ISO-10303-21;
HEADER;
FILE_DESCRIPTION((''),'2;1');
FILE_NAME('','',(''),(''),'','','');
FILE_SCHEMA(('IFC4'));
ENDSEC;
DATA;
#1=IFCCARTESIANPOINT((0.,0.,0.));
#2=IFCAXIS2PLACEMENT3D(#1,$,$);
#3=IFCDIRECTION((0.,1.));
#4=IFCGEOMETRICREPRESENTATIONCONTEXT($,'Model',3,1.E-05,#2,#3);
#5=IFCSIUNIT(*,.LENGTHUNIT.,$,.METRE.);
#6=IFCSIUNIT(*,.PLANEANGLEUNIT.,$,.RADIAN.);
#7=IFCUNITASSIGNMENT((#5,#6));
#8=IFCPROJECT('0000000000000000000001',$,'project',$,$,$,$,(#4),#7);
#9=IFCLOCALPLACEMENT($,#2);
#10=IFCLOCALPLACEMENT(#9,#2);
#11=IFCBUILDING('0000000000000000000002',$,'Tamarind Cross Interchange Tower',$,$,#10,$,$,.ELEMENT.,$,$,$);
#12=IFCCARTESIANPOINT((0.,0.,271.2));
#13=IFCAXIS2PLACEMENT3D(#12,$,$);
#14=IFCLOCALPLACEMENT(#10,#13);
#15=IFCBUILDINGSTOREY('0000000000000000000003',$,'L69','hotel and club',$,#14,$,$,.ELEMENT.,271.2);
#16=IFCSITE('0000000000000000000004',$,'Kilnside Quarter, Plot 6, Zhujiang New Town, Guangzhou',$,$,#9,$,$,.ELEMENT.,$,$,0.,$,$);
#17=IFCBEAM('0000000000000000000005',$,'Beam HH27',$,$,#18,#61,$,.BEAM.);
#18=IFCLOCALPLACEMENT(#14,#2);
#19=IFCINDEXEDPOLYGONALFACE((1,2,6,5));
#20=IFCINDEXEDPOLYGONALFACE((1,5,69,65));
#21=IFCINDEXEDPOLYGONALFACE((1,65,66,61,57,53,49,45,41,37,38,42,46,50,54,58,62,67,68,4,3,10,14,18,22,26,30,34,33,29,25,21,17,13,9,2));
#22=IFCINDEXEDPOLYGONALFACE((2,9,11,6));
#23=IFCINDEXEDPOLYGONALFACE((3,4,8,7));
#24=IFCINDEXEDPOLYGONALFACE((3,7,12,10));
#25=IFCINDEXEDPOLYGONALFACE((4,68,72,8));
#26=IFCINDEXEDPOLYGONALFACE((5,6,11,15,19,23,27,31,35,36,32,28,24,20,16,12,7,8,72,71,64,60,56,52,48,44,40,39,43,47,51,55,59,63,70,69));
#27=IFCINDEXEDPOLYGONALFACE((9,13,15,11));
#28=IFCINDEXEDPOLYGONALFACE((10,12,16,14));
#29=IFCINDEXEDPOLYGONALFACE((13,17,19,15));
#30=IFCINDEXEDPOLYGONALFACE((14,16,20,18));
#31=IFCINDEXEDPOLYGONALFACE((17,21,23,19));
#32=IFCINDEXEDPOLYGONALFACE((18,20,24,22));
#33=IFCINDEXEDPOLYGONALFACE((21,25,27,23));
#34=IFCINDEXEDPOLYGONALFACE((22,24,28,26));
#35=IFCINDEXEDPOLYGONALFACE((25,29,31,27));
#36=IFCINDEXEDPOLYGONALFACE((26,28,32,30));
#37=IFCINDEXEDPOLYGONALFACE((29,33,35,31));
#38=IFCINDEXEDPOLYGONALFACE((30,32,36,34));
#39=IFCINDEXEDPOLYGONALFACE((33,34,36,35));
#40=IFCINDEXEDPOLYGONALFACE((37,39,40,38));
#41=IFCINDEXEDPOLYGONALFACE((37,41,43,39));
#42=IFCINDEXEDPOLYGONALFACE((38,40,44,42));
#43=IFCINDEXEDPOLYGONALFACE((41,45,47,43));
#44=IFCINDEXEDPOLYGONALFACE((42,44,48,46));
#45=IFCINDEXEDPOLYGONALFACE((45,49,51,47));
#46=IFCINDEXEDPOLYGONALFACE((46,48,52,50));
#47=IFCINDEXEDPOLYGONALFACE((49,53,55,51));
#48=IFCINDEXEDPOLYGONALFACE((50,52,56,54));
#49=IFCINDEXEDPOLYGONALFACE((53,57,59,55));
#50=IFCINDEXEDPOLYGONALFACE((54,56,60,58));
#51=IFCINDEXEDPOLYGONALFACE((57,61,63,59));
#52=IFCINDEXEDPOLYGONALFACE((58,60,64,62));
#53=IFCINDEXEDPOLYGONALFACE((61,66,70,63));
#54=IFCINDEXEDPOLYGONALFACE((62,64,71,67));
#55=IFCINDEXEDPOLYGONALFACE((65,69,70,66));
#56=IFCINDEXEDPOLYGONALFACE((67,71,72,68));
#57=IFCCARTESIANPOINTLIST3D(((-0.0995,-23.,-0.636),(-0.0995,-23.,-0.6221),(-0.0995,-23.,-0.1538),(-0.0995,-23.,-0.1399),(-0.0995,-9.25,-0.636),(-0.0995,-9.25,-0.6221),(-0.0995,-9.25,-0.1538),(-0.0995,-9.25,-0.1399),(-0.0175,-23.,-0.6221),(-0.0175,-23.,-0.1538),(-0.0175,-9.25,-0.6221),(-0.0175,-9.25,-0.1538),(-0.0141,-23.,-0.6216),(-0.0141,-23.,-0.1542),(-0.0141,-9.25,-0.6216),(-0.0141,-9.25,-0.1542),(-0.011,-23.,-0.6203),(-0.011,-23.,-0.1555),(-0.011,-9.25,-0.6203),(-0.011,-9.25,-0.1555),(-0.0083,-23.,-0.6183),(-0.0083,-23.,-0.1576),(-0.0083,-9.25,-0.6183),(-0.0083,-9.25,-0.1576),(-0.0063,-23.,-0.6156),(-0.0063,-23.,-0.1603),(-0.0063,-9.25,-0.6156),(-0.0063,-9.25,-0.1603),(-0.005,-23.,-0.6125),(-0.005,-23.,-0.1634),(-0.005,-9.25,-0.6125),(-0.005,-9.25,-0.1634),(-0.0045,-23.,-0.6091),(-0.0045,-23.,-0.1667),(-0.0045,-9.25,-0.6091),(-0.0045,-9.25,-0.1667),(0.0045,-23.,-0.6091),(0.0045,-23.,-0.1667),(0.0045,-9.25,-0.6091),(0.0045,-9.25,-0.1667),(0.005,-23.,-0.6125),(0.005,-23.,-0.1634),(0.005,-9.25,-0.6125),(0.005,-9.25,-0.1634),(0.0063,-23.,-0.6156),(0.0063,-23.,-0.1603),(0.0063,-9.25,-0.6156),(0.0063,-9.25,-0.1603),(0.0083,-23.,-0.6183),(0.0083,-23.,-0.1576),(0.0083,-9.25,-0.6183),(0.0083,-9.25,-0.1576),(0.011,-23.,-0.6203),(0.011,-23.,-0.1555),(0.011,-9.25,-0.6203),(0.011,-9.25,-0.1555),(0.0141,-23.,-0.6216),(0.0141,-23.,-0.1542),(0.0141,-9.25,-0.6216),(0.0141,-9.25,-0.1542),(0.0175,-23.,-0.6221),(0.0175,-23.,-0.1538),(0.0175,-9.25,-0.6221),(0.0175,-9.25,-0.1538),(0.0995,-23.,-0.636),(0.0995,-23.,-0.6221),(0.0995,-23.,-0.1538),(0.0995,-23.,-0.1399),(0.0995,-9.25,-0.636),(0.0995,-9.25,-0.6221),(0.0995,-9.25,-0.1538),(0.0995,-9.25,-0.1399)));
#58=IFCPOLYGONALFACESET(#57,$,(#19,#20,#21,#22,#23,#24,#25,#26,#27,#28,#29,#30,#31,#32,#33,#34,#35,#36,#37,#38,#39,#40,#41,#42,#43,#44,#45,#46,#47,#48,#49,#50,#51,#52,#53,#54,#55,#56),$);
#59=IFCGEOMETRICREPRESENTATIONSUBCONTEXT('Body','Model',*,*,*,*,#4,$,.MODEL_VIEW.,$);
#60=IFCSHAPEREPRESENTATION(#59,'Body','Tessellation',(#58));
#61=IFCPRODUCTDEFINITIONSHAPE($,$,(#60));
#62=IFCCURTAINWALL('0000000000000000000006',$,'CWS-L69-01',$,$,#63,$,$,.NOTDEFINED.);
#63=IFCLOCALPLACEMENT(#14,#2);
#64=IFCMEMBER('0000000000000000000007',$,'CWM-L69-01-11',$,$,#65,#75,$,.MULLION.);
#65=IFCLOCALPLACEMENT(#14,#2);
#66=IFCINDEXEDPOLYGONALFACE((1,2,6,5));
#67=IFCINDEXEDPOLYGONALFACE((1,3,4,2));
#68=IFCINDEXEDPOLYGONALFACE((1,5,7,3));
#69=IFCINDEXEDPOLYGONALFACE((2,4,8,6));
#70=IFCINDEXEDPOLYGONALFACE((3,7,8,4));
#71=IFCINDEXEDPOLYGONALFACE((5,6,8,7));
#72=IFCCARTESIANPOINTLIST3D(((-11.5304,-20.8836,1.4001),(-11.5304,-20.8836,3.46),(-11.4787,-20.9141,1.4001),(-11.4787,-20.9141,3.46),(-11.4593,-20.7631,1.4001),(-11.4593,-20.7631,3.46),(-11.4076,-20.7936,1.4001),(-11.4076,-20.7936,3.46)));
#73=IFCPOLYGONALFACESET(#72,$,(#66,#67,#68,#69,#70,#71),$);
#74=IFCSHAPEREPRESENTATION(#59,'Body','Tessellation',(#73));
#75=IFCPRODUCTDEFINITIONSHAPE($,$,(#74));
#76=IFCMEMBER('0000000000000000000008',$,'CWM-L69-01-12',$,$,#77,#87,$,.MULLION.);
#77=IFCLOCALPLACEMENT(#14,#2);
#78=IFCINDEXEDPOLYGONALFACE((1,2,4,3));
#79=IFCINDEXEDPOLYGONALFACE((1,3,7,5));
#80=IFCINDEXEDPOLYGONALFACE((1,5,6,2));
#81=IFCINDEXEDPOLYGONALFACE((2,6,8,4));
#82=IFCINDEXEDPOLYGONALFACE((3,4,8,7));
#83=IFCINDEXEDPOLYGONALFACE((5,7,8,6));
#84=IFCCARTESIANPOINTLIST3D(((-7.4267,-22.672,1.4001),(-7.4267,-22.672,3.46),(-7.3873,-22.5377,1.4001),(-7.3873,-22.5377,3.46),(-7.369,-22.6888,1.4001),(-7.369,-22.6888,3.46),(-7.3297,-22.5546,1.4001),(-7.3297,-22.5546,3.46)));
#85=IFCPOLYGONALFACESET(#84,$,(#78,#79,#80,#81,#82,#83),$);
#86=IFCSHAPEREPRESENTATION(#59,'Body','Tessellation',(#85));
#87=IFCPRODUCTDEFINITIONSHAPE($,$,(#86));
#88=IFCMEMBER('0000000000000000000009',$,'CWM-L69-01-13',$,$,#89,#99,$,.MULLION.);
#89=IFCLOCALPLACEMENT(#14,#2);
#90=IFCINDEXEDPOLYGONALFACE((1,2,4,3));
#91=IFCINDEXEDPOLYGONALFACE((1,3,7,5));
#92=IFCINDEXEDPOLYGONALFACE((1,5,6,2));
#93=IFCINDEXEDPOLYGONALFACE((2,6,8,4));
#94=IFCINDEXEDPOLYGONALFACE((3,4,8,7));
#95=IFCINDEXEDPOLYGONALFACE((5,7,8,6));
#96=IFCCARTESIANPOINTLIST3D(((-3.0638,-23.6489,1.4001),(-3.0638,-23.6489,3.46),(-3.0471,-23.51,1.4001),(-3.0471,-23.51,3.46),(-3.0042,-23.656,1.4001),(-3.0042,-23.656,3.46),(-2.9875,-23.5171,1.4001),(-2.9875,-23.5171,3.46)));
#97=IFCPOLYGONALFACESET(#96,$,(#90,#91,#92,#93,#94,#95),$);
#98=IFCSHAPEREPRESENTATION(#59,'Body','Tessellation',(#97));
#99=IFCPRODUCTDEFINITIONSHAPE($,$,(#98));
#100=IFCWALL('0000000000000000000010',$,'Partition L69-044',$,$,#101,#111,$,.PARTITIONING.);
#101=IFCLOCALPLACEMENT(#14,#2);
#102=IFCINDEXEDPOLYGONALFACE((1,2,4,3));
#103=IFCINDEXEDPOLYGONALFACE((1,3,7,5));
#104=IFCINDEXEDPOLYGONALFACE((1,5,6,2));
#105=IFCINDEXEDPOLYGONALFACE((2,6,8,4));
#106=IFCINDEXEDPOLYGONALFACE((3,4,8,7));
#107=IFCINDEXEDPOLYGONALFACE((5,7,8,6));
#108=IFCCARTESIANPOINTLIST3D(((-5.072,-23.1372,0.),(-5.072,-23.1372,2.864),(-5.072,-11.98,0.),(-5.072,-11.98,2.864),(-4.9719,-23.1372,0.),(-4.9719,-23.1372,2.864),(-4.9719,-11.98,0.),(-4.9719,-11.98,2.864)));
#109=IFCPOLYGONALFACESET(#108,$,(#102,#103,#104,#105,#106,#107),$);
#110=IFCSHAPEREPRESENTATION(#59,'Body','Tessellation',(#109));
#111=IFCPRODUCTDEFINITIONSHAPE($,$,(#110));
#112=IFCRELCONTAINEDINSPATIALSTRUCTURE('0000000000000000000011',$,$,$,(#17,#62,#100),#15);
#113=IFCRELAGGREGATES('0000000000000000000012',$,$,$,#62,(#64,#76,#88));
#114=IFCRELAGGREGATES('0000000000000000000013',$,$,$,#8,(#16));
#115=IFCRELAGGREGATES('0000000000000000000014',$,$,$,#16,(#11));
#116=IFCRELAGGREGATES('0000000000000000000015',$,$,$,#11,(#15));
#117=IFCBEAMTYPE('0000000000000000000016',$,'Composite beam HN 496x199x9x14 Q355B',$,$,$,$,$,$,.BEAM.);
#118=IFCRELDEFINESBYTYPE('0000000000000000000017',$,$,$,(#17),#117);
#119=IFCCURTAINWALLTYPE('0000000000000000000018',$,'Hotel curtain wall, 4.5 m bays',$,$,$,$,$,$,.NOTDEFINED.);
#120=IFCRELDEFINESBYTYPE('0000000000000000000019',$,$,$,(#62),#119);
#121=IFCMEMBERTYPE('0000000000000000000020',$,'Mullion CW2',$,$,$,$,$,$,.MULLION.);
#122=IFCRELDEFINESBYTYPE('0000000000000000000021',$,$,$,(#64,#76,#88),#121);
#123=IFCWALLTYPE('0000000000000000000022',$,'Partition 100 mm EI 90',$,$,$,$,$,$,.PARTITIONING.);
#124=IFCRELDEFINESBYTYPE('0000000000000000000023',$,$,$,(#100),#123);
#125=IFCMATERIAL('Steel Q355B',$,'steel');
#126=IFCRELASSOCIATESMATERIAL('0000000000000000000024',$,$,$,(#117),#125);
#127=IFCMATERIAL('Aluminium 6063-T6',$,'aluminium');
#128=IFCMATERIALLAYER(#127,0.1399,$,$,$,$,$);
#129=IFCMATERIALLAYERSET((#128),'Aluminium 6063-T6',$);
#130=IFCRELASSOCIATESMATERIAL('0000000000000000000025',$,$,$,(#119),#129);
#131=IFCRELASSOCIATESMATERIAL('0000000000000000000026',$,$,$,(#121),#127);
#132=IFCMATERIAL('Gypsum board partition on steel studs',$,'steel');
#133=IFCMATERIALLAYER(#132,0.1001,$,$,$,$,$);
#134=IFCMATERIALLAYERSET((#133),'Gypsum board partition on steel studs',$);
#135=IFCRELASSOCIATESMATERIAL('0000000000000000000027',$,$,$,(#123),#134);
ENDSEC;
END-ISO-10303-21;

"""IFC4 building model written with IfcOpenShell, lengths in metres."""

from ifc_helpers import new_model, si_unit, direction, frame, frame_2d, origin, origin_2d, place, context, subcontext, project, spatial, rectangle, i_section, extrude, material, layer, layer_set, material_profile, profile_set, type_object, element, aggregate, save


model = new_model("IFC4")

# Units and contexts
model_context = context("Model", 3, precision=1e-05, world=origin(), true_north=direction((0.0, 1.0)))
body_context = subcontext(model_context, "Body", "Model", "MODEL_VIEW")
ifc_project = project(units=[si_unit("LENGTHUNIT", "METRE"), si_unit("PLANEANGLEUNIT", "RADIAN")], contexts=[model_context])

# Site, building, storey
site_placement = place(None, origin())
site = spatial("IfcSite", under=ifc_project, at=site_placement, Name="Kilnside Quarter, Plot 6, Zhujiang New Town, Guangzhou", CompositionType="ELEMENT", RefElevation=0.0)
building_placement = place(site_placement, origin())
building = spatial("IfcBuilding", under=site, at=building_placement, Name="Tamarind Cross Interchange Tower", CompositionType="ELEMENT")
storey_placement = place(building_placement, frame((0.0, 0.0, 271.2)))
storey = spatial("IfcBuildingStorey", under=building, at=storey_placement, Name="L69", Description="hotel and club", CompositionType="ELEMENT", Elevation=271.2)

# Beam
ifc_material_1 = material(Name="Steel Q355B", Category="steel")
ifc_material_profile_1 = material_profile(ifc_material_1, i_section(OverallWidth=0.199, OverallDepth=0.4961, WebThickness=0.009, FlangeThickness=0.0139, FilletRadius=0.0129, at=origin_2d()), Name="HN 496x199x9x14")
ifc_profile_set_1 = profile_set([ifc_material_profile_1], Name="Steel Q355B")
beam_type = type_object("IfcBeamType", Name="Composite beam HN 496x199x9x14 Q355B", PredefinedType="BEAM", material=ifc_profile_set_1)
beam_1_placement = place(storey_placement, frame((0.0, -23.0, -0.3879), z_axis=(0.0, 1.0, 0.0), x_axis=(-1.0, 0.0, 0.0)))
element("IfcBeam", 1, at=beam_1_placement, inside=storey, type_object=beam_type, Name="Beam HH27", PredefinedType="BEAM", context=body_context, shape_type="SweptSolid", body=[
    extrude(i_section(OverallWidth=0.199, OverallDepth=0.4961, WebThickness=0.009, FlangeThickness=0.0139, FilletRadius=0.0129, at=origin_2d()), origin(), (0.0, 0.0, 1.0), 13.75),
])

# Curtain wall, members
ifc_material_2 = material(Name="Aluminium 6063-T6", Category="aluminium")
ifc_layer_1 = layer(ifc_material_2, 0.1399)
ifc_layer_set_1 = layer_set([ifc_layer_1], Name="Aluminium 6063-T6")
curtain_wall_type = type_object("IfcCurtainWallType", Name="Hotel curtain wall, 4.5 m bays", PredefinedType="NOTDEFINED", material=ifc_layer_set_1)
curtain_wall_placement = place(storey_placement, origin())
curtain_wall = element("IfcCurtainWall", 2, at=curtain_wall_placement, inside=storey, type_object=curtain_wall_type, Name="CWS-L69-01", PredefinedType="NOTDEFINED")
ifc_material_profile_2 = material_profile(ifc_material_2, rectangle(XDim=0.0601, YDim=0.1399, at=origin_2d()), Name="Mullion CW2")
ifc_profile_set_2 = profile_set([ifc_material_profile_2], Name="Aluminium 6063-T6")
member_type = type_object("IfcMemberType", Name="Mullion CW2", PredefinedType="MULLION", material=ifc_profile_set_2)
member_1_placement = place(storey_placement, frame((-11.469, -20.8386, 1.4001), z_axis=(0.0, 0.0, 1.0), x_axis=(0.861249, -0.508183, 0.0)))
member_1 = element("IfcMember", 3, at=member_1_placement, type_object=member_type, Name="CWM-L69-01-11", PredefinedType="MULLION", context=body_context, shape_type="SweptSolid", body=[
    extrude(rectangle(XDim=0.0601, YDim=0.1399, at=origin_2d()), origin(), (0.0, 0.0, 1.0), 2.0598),
])
member_2_placement = place(storey_placement, frame((-7.3782, -22.6133, 1.4001), z_axis=(0.0, 0.0, 1.0), x_axis=(0.959647, -0.281209, 0.0)))
member_2 = element("IfcMember", 4, at=member_2_placement, type_object=member_type, Name="CWM-L69-01-12", PredefinedType="MULLION", context=body_context, shape_type="SweptSolid", body=[
    extrude(rectangle(XDim=0.0601, YDim=0.1399, at=origin_2d()), origin(), (0.0, 0.0, 1.0), 2.0598),
])
member_3_placement = place(storey_placement, frame((-3.0256, -23.583, 1.4001), z_axis=(0.0, 0.0, 1.0), x_axis=(0.992844, -0.119421, 0.0)))
member_3 = element("IfcMember", 5, at=member_3_placement, type_object=member_type, Name="CWM-L69-01-13", PredefinedType="MULLION", context=body_context, shape_type="SweptSolid", body=[
    extrude(rectangle(XDim=0.0601, YDim=0.1399, at=origin_2d()), origin(), (0.0, 0.0, 1.0), 2.0598),
])
aggregate(curtain_wall, [member_1, member_2, member_3])

# Wall
ifc_material_3 = material(Name="Gypsum board partition on steel studs", Category="steel")
ifc_layer_2 = layer(ifc_material_3, 0.1001)
ifc_layer_set_2 = layer_set([ifc_layer_2], Name="Gypsum board partition on steel studs")
wall_type = type_object("IfcWallType", Name="Partition 100 mm EI 90", PredefinedType="PARTITIONING", material=ifc_layer_set_2)
wall_placement = place(storey_placement, frame((-5.022, -23.1372, 0.0), z_axis=(0.0, 0.0, 1.0), x_axis=(0.0, 1.0, 0.0)))
element("IfcWall", 6, at=wall_placement, inside=storey, type_object=wall_type, Name="Partition L69-044", PredefinedType="PARTITIONING", context=body_context, shape_type="SweptSolid", body=[
    extrude(rectangle(XDim=11.1572, YDim=0.1001, at=frame_2d((5.5786, 0.0))), origin(), (0.0, 0.0, 1.0), 2.864),
])

save(model, "model.ifc")
